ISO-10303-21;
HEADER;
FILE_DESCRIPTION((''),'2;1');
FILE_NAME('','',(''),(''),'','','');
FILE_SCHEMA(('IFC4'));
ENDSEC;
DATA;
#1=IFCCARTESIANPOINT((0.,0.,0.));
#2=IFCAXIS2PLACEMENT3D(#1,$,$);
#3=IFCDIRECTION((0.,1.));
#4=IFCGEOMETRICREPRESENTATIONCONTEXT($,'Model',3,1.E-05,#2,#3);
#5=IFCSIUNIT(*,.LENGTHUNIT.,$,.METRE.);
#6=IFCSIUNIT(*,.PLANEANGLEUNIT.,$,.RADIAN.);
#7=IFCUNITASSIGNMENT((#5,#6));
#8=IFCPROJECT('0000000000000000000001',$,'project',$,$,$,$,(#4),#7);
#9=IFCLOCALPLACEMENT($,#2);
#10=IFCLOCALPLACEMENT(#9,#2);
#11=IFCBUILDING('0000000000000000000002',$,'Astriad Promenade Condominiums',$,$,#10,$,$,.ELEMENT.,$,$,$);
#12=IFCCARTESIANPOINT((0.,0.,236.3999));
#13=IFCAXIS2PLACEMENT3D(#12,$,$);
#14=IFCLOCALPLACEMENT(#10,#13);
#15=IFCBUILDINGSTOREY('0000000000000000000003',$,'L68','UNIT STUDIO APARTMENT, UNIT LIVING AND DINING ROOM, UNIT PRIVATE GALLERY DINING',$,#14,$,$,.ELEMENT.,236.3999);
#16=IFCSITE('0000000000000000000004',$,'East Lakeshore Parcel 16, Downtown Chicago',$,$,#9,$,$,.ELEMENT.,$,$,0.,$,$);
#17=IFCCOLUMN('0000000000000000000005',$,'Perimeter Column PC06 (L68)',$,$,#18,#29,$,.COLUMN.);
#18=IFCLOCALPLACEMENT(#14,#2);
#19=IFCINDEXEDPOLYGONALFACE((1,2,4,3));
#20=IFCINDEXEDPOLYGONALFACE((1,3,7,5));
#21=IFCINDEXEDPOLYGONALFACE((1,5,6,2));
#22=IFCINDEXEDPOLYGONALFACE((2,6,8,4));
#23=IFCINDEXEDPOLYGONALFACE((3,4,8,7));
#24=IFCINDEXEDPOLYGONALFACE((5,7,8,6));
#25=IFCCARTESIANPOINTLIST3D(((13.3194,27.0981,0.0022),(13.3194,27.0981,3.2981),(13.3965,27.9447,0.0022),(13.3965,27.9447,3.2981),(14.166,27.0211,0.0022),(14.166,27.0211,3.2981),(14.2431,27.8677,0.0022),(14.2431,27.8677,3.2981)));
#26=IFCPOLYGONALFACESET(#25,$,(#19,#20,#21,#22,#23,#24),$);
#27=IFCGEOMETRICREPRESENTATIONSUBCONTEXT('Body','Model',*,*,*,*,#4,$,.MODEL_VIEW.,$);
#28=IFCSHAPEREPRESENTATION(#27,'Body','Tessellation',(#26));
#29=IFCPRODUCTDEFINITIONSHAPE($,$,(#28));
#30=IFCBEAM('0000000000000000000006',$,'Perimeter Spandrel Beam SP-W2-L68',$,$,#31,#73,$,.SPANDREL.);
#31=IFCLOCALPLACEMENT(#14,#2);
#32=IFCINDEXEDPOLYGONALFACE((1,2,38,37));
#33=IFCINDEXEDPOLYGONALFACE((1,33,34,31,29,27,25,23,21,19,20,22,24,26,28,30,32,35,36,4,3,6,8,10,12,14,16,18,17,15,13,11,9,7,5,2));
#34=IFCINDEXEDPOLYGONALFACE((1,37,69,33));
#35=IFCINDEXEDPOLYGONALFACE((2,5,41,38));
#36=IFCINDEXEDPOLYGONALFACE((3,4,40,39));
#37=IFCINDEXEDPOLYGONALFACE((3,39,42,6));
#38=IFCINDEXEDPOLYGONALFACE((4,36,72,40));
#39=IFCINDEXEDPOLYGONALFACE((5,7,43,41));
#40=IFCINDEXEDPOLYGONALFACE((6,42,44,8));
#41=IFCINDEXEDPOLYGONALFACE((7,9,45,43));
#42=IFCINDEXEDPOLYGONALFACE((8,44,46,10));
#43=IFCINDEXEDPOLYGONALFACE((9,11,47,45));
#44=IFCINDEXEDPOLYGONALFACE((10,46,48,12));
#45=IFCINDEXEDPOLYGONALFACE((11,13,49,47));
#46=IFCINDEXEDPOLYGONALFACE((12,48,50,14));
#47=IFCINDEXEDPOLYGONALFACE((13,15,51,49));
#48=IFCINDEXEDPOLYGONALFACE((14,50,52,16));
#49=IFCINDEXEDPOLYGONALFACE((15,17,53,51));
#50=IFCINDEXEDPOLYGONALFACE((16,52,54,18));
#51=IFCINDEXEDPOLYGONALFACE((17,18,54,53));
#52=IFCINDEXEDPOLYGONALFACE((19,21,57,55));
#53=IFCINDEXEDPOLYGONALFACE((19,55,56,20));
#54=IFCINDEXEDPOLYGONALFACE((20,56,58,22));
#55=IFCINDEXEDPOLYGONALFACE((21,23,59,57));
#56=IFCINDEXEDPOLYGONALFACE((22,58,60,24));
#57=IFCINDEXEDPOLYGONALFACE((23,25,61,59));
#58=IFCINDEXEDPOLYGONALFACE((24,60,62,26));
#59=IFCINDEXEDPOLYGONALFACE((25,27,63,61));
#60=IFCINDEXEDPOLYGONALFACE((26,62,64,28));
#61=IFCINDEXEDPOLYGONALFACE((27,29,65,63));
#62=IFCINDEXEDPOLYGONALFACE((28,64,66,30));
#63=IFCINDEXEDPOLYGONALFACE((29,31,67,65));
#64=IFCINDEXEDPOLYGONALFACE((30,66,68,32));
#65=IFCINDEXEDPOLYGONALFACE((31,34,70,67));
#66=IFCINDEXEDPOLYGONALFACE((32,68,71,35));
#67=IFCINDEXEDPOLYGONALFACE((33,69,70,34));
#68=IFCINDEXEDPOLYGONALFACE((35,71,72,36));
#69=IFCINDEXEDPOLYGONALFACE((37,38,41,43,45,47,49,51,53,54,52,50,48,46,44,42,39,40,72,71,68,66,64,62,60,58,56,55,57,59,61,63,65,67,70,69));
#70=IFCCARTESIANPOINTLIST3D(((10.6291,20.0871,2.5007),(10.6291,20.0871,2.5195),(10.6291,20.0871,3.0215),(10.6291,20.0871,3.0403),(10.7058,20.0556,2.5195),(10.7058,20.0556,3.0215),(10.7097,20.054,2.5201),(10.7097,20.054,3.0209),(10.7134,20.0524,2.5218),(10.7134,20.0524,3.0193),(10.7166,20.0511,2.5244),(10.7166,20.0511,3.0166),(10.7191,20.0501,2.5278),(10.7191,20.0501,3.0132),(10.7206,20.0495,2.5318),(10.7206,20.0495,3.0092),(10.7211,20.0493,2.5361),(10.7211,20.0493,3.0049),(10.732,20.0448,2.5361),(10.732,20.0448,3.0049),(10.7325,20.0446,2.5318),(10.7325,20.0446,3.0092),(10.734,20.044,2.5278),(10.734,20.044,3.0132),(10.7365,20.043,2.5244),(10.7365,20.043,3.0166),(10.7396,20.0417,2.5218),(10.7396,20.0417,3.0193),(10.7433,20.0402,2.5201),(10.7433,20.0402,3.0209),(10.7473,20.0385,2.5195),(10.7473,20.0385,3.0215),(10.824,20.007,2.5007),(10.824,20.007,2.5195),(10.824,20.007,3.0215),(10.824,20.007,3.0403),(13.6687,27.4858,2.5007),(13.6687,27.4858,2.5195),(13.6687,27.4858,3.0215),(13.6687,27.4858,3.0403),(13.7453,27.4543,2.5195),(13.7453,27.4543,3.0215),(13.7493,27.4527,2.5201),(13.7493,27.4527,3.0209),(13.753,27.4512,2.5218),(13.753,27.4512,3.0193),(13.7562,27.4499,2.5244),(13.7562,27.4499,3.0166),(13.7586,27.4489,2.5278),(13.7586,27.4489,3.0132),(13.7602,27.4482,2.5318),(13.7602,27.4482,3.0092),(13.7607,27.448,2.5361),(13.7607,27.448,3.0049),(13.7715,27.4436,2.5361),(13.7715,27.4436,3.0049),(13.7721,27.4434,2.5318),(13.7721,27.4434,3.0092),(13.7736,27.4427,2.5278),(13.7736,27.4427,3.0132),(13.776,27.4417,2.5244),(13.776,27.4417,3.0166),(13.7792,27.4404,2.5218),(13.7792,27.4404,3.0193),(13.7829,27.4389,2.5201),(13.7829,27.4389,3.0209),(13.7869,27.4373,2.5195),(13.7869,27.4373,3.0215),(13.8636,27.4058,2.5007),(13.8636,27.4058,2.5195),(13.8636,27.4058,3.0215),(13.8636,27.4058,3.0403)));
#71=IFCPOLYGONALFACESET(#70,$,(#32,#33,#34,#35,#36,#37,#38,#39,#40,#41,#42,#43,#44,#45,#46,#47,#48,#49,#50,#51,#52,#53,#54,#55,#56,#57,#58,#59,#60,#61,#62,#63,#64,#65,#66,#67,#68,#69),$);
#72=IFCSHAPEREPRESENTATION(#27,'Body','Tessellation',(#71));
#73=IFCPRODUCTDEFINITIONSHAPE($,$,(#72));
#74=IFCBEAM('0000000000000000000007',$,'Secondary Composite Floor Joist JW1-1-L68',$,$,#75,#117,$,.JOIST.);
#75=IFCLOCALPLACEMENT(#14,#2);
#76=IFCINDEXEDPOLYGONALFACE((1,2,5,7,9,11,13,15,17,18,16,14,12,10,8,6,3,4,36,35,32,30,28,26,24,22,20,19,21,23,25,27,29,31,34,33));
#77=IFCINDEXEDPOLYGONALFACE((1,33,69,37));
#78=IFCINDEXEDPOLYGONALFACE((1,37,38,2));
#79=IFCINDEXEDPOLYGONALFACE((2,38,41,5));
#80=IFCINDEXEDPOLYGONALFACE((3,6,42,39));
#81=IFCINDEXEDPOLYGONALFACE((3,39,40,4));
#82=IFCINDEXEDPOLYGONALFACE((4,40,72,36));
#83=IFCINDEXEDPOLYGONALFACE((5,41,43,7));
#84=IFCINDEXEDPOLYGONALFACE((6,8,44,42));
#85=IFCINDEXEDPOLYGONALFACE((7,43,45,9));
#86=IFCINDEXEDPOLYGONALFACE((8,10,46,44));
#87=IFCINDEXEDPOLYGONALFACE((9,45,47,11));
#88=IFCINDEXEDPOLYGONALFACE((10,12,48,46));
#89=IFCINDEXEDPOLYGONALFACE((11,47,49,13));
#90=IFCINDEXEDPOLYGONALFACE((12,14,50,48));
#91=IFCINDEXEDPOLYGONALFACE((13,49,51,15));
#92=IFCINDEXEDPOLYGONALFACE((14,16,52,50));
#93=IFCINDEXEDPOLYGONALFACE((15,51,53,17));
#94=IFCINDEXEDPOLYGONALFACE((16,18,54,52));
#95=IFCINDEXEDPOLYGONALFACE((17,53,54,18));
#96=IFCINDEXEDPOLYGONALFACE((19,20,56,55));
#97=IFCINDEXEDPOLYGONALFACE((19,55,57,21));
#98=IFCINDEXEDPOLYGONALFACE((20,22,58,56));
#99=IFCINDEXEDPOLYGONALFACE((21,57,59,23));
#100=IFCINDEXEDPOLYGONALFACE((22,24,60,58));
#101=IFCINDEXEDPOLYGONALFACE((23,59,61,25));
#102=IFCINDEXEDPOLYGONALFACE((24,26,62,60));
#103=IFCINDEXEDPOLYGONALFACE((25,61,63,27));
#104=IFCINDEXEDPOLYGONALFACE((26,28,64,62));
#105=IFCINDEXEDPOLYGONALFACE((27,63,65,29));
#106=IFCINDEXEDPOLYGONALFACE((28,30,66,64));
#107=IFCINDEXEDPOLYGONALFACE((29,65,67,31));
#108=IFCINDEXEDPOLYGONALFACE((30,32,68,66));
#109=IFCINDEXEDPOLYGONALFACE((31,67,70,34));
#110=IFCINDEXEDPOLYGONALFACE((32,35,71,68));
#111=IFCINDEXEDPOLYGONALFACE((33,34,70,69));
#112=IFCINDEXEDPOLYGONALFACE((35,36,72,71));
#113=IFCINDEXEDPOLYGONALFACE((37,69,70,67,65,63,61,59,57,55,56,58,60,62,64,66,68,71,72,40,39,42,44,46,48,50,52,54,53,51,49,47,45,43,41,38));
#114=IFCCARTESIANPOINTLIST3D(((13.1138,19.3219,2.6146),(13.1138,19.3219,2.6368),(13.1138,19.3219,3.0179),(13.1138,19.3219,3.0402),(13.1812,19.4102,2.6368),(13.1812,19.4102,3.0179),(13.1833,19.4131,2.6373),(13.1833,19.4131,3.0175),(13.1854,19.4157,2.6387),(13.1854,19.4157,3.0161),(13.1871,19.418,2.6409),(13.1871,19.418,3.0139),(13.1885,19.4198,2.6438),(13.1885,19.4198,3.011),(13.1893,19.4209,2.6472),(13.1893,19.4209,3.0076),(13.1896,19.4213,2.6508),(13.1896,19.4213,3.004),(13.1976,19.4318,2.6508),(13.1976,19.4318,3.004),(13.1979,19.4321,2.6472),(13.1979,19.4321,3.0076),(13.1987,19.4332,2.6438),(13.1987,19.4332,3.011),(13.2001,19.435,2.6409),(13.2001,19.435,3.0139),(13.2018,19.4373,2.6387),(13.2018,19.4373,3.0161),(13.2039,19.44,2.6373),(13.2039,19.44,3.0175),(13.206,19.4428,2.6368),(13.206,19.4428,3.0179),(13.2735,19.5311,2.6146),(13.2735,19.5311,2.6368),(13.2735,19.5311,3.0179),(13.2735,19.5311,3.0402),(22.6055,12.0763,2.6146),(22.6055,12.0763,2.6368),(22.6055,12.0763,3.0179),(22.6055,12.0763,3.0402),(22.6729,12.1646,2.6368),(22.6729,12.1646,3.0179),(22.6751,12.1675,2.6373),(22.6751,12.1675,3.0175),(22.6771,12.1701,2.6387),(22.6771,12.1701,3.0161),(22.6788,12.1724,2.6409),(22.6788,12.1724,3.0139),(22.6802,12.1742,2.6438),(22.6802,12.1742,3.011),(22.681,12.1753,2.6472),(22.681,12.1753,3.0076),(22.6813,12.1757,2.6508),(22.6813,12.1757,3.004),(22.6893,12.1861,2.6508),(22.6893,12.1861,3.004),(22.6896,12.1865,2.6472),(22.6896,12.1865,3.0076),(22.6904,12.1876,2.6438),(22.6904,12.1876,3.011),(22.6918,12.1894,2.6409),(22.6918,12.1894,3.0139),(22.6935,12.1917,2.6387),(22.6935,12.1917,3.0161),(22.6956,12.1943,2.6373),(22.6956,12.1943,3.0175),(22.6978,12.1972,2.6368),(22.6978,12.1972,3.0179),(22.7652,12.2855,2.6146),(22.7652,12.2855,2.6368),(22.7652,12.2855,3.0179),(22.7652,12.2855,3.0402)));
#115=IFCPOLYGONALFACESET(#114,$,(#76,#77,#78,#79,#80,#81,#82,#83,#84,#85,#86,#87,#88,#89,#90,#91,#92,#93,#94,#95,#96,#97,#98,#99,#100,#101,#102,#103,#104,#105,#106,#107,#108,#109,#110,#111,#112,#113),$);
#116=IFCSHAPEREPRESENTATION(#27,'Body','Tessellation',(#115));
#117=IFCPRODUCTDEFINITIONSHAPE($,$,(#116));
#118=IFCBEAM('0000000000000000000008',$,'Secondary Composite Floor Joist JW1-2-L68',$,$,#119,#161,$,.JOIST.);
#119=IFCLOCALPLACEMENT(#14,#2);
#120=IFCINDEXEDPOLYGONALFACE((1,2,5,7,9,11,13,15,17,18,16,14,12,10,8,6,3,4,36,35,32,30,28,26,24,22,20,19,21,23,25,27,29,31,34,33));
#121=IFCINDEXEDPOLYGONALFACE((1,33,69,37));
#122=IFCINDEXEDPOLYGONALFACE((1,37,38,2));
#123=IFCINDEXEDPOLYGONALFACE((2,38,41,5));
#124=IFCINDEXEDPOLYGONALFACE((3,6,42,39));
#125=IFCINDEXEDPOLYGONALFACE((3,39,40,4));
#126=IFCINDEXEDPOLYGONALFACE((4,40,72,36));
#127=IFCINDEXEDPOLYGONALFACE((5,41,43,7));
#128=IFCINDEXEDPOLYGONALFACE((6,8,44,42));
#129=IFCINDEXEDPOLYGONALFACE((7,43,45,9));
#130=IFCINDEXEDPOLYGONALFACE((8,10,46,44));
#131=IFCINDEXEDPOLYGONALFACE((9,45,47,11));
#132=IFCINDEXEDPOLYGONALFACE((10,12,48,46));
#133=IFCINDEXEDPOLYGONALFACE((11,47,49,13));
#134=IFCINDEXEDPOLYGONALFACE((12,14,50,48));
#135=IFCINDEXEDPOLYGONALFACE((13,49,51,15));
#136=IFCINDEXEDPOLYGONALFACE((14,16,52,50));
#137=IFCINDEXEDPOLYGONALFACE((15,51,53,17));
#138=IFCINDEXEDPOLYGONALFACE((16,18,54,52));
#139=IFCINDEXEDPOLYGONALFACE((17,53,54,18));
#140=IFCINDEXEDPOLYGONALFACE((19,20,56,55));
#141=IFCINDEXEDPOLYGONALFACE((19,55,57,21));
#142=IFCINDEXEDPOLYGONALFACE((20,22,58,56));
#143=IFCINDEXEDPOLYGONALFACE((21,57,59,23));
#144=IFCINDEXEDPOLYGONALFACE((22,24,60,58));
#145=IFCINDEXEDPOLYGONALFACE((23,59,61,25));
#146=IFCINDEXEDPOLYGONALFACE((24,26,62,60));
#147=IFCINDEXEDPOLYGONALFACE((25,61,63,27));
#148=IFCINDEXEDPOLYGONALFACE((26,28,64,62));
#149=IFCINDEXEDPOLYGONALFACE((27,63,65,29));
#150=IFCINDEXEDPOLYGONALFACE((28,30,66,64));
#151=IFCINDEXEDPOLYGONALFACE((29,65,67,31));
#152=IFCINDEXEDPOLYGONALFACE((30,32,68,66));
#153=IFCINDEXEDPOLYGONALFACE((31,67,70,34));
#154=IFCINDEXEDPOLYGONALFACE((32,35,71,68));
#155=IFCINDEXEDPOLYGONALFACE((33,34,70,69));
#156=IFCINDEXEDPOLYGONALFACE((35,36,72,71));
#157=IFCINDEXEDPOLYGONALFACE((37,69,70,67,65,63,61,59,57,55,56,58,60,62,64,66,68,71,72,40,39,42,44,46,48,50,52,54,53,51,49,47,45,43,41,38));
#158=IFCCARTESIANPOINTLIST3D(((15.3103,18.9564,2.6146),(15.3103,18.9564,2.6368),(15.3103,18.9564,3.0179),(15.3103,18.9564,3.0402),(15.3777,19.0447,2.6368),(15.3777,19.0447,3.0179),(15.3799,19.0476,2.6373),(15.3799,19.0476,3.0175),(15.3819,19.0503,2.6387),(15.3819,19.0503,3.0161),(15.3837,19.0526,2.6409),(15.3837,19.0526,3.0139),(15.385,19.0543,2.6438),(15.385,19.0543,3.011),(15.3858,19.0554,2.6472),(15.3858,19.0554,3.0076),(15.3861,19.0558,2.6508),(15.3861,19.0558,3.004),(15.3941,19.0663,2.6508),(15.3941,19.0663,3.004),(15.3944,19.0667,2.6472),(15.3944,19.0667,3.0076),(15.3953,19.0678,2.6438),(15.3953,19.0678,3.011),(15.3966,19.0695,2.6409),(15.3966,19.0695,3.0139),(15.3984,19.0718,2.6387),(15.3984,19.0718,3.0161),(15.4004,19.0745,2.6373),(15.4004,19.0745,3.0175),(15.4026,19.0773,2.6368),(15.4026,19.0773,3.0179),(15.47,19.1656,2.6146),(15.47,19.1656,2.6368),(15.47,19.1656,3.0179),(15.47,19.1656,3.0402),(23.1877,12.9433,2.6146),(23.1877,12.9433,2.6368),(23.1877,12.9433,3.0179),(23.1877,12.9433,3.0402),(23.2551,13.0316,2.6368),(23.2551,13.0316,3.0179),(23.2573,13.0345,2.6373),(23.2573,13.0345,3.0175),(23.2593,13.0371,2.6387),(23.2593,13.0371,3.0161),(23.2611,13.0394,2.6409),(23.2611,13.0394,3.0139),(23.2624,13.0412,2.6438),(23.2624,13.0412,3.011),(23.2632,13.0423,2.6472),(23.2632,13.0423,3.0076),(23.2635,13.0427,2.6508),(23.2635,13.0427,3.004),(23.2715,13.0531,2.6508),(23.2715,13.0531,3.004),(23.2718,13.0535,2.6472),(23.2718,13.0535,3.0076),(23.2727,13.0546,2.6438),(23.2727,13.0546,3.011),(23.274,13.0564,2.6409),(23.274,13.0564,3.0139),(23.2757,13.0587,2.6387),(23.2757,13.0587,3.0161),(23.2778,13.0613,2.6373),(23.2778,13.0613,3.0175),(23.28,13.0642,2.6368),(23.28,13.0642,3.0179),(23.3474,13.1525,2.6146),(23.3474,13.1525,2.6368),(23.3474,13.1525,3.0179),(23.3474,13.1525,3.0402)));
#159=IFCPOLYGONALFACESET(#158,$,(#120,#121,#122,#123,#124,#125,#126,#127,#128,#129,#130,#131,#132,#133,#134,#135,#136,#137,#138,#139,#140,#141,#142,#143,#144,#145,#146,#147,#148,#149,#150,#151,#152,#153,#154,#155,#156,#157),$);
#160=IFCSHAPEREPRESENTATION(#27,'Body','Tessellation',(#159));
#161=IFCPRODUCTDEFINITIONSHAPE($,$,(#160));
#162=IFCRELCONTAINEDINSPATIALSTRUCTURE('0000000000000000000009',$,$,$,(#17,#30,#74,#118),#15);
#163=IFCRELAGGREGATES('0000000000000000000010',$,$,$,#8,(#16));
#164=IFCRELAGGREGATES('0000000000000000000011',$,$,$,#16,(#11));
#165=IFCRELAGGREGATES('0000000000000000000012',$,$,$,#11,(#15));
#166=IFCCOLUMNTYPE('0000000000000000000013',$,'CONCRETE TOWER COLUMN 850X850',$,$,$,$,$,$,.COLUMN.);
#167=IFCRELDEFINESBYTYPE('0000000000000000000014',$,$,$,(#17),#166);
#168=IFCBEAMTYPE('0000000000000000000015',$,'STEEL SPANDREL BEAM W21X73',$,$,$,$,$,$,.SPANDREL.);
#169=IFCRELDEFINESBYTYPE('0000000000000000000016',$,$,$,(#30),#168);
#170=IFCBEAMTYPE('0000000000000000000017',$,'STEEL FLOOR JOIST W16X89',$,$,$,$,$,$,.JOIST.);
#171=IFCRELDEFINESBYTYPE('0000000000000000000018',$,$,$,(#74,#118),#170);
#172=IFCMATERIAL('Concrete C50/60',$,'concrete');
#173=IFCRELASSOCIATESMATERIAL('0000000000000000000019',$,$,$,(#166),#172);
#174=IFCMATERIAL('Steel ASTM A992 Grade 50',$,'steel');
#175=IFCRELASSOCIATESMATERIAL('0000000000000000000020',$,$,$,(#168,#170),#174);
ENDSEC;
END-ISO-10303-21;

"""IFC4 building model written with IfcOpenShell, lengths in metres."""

from ifc_helpers import new_model, si_unit, direction, frame, origin, origin_2d, place, context, subcontext, project, spatial, rectangle, i_section, extrude, source, transform, mapped, material, material_profile, profile_set, type_object, type_shapes, element, save


model = new_model("IFC4")

# Units and contexts
model_context = context("Model", 3, precision=1e-05, world=origin(), true_north=direction((0.0, 1.0)))
body_context = subcontext(model_context, "Body", "Model", "MODEL_VIEW")
ifc_project = project(units=[si_unit("LENGTHUNIT", "METRE"), si_unit("PLANEANGLEUNIT", "RADIAN")], contexts=[model_context])

# Site, building, storey
site_placement = place(None, origin())
site = spatial("IfcSite", under=ifc_project, at=site_placement, Name="East Lakeshore Parcel 16, Downtown Chicago", CompositionType="ELEMENT", RefElevation=0.0)
building_placement = place(site_placement, origin())
building = spatial("IfcBuilding", under=site, at=building_placement, Name="Astriad Promenade Condominiums", CompositionType="ELEMENT")
storey_placement = place(building_placement, frame((0.0, 0.0, 236.3999)))
storey = spatial("IfcBuildingStorey", under=building, at=storey_placement, Name="L68", Description="UNIT STUDIO APARTMENT, UNIT LIVING AND DINING ROOM, UNIT PRIVATE GALLERY DINING", CompositionType="ELEMENT", Elevation=236.3999)

# Column
ifc_material_1 = material(Name="Concrete C50/60", Category="concrete")
ifc_material_profile_1 = material_profile(ifc_material_1, rectangle(XDim=0.8501, YDim=0.8501, at=origin_2d()), Name="RC-COL-850X850")
ifc_profile_set_1 = profile_set([ifc_material_profile_1], Name="Concrete C50/60")
column_type = type_object("IfcColumnType", Name="CONCRETE TOWER COLUMN 850X850", PredefinedType="COLUMN", material=ifc_profile_set_1)
shared_shape_1 = source(origin(), body_context, "Body", "SweptSolid", [
    extrude(rectangle(XDim=0.8501, YDim=0.8501, at=origin_2d()), origin(), (0.0, 0.0, 1.0), 3.2959),
])
type_shapes(column_type, [shared_shape_1])
column_placement = place(storey_placement, frame((13.7812, 27.4829, 0.0022), z_axis=(0.0, 0.0, 1.0), x_axis=(0.995884, -0.090633, 0.0)))
element("IfcColumn", 1, at=column_placement, inside=storey, type_object=column_type, Name="Perimeter Column PC06 (L68)", PredefinedType="COLUMN", context=body_context, shape_type="MappedRepresentation", body=[
    mapped(shared_shape_1, transform((0.0, 0.0, 0.0), scale=1.0)),
])

# Beams
ifc_material_2 = material(Name="Steel ASTM A992 Grade 50", Category="steel")
ifc_material_profile_2 = material_profile(ifc_material_2, i_section(OverallWidth=0.2107, OverallDepth=0.5396, WebThickness=0.0117, FlangeThickness=0.0188, FilletRadius=0.0166, at=origin_2d()), Name="W21X73")
ifc_profile_set_2 = profile_set([ifc_material_profile_2], Name="Steel ASTM A992 Grade 50")
beam_type_1 = type_object("IfcBeamType", Name="STEEL SPANDREL BEAM W21X73", PredefinedType="SPANDREL", material=ifc_profile_set_2)
shared_shape_2 = source(origin(), body_context, "Body", "SweptSolid", [
    extrude(i_section(OverallWidth=0.2107, OverallDepth=0.5396, WebThickness=0.0117, FlangeThickness=0.0188, FilletRadius=0.0166, at=origin_2d()), origin(), (0.0, 0.0, 1.0), 7.9988),
])
type_shapes(beam_type_1, [shared_shape_2])
beam_1_placement = place(storey_placement, frame((13.7661, 27.4458, 2.7705), z_axis=(-0.380005, -0.924984, 0.0), x_axis=(0.924984, -0.380005, 0.0)))
element("IfcBeam", 2, at=beam_1_placement, inside=storey, type_object=beam_type_1, Name="Perimeter Spandrel Beam SP-W2-L68", PredefinedType="SPANDREL", context=body_context, shape_type="MappedRepresentation", body=[
    mapped(shared_shape_2, transform((0.0, 0.0, 0.0), scale=1.0)),
])
ifc_material_profile_3 = material_profile(ifc_material_2, i_section(OverallWidth=0.2632, OverallDepth=0.4255, WebThickness=0.0132, FlangeThickness=0.0222, FilletRadius=0.0139, at=origin_2d()), Name="W16X89")
ifc_profile_set_3 = profile_set([ifc_material_profile_3], Name="Steel ASTM A992 Grade 50")
beam_type_2 = type_object("IfcBeamType", Name="STEEL FLOOR JOIST W16X89", PredefinedType="JOIST", material=ifc_profile_set_3)
shared_shape_3 = source(origin(), body_context, "Body", "SweptSolid", [
    extrude(i_section(OverallWidth=0.2632, OverallDepth=0.4255, WebThickness=0.0132, FlangeThickness=0.0222, FilletRadius=0.0139, at=origin_2d()), origin(), (0.0, 0.0, 1.0), 11.9412),
])
beam_2_placement = place(storey_placement, frame((13.1936, 19.4265, 2.8274), z_axis=(0.794873, -0.606776, 0.0), x_axis=(0.606776, 0.794873, 0.0)))
element("IfcBeam", 3, at=beam_2_placement, inside=storey, type_object=beam_type_2, Name="Secondary Composite Floor Joist JW1-1-L68", PredefinedType="JOIST", context=body_context, shape_type="MappedRepresentation", body=[
    mapped(shared_shape_3, transform((0.0, 0.0, 0.0), scale=1.0)),
])
shared_shape_4 = source(origin(), body_context, "Body", "SweptSolid", [
    extrude(i_section(OverallWidth=0.2632, OverallDepth=0.4255, WebThickness=0.0132, FlangeThickness=0.0222, FilletRadius=0.0139, at=origin_2d()), origin(), (0.0, 0.0, 1.0), 9.9102),
])
beam_3_placement = place(storey_placement, frame((15.3901, 19.061, 2.8274), z_axis=(0.794881, -0.606766, 0.0), x_axis=(0.606766, 0.794881, 0.0)))
element("IfcBeam", 4, at=beam_3_placement, inside=storey, type_object=beam_type_2, Name="Secondary Composite Floor Joist JW1-2-L68", PredefinedType="JOIST", context=body_context, shape_type="MappedRepresentation", body=[
    mapped(shared_shape_4, transform((0.0, 0.0, 0.0), scale=1.0)),
])

save(model, "model.ifc")
